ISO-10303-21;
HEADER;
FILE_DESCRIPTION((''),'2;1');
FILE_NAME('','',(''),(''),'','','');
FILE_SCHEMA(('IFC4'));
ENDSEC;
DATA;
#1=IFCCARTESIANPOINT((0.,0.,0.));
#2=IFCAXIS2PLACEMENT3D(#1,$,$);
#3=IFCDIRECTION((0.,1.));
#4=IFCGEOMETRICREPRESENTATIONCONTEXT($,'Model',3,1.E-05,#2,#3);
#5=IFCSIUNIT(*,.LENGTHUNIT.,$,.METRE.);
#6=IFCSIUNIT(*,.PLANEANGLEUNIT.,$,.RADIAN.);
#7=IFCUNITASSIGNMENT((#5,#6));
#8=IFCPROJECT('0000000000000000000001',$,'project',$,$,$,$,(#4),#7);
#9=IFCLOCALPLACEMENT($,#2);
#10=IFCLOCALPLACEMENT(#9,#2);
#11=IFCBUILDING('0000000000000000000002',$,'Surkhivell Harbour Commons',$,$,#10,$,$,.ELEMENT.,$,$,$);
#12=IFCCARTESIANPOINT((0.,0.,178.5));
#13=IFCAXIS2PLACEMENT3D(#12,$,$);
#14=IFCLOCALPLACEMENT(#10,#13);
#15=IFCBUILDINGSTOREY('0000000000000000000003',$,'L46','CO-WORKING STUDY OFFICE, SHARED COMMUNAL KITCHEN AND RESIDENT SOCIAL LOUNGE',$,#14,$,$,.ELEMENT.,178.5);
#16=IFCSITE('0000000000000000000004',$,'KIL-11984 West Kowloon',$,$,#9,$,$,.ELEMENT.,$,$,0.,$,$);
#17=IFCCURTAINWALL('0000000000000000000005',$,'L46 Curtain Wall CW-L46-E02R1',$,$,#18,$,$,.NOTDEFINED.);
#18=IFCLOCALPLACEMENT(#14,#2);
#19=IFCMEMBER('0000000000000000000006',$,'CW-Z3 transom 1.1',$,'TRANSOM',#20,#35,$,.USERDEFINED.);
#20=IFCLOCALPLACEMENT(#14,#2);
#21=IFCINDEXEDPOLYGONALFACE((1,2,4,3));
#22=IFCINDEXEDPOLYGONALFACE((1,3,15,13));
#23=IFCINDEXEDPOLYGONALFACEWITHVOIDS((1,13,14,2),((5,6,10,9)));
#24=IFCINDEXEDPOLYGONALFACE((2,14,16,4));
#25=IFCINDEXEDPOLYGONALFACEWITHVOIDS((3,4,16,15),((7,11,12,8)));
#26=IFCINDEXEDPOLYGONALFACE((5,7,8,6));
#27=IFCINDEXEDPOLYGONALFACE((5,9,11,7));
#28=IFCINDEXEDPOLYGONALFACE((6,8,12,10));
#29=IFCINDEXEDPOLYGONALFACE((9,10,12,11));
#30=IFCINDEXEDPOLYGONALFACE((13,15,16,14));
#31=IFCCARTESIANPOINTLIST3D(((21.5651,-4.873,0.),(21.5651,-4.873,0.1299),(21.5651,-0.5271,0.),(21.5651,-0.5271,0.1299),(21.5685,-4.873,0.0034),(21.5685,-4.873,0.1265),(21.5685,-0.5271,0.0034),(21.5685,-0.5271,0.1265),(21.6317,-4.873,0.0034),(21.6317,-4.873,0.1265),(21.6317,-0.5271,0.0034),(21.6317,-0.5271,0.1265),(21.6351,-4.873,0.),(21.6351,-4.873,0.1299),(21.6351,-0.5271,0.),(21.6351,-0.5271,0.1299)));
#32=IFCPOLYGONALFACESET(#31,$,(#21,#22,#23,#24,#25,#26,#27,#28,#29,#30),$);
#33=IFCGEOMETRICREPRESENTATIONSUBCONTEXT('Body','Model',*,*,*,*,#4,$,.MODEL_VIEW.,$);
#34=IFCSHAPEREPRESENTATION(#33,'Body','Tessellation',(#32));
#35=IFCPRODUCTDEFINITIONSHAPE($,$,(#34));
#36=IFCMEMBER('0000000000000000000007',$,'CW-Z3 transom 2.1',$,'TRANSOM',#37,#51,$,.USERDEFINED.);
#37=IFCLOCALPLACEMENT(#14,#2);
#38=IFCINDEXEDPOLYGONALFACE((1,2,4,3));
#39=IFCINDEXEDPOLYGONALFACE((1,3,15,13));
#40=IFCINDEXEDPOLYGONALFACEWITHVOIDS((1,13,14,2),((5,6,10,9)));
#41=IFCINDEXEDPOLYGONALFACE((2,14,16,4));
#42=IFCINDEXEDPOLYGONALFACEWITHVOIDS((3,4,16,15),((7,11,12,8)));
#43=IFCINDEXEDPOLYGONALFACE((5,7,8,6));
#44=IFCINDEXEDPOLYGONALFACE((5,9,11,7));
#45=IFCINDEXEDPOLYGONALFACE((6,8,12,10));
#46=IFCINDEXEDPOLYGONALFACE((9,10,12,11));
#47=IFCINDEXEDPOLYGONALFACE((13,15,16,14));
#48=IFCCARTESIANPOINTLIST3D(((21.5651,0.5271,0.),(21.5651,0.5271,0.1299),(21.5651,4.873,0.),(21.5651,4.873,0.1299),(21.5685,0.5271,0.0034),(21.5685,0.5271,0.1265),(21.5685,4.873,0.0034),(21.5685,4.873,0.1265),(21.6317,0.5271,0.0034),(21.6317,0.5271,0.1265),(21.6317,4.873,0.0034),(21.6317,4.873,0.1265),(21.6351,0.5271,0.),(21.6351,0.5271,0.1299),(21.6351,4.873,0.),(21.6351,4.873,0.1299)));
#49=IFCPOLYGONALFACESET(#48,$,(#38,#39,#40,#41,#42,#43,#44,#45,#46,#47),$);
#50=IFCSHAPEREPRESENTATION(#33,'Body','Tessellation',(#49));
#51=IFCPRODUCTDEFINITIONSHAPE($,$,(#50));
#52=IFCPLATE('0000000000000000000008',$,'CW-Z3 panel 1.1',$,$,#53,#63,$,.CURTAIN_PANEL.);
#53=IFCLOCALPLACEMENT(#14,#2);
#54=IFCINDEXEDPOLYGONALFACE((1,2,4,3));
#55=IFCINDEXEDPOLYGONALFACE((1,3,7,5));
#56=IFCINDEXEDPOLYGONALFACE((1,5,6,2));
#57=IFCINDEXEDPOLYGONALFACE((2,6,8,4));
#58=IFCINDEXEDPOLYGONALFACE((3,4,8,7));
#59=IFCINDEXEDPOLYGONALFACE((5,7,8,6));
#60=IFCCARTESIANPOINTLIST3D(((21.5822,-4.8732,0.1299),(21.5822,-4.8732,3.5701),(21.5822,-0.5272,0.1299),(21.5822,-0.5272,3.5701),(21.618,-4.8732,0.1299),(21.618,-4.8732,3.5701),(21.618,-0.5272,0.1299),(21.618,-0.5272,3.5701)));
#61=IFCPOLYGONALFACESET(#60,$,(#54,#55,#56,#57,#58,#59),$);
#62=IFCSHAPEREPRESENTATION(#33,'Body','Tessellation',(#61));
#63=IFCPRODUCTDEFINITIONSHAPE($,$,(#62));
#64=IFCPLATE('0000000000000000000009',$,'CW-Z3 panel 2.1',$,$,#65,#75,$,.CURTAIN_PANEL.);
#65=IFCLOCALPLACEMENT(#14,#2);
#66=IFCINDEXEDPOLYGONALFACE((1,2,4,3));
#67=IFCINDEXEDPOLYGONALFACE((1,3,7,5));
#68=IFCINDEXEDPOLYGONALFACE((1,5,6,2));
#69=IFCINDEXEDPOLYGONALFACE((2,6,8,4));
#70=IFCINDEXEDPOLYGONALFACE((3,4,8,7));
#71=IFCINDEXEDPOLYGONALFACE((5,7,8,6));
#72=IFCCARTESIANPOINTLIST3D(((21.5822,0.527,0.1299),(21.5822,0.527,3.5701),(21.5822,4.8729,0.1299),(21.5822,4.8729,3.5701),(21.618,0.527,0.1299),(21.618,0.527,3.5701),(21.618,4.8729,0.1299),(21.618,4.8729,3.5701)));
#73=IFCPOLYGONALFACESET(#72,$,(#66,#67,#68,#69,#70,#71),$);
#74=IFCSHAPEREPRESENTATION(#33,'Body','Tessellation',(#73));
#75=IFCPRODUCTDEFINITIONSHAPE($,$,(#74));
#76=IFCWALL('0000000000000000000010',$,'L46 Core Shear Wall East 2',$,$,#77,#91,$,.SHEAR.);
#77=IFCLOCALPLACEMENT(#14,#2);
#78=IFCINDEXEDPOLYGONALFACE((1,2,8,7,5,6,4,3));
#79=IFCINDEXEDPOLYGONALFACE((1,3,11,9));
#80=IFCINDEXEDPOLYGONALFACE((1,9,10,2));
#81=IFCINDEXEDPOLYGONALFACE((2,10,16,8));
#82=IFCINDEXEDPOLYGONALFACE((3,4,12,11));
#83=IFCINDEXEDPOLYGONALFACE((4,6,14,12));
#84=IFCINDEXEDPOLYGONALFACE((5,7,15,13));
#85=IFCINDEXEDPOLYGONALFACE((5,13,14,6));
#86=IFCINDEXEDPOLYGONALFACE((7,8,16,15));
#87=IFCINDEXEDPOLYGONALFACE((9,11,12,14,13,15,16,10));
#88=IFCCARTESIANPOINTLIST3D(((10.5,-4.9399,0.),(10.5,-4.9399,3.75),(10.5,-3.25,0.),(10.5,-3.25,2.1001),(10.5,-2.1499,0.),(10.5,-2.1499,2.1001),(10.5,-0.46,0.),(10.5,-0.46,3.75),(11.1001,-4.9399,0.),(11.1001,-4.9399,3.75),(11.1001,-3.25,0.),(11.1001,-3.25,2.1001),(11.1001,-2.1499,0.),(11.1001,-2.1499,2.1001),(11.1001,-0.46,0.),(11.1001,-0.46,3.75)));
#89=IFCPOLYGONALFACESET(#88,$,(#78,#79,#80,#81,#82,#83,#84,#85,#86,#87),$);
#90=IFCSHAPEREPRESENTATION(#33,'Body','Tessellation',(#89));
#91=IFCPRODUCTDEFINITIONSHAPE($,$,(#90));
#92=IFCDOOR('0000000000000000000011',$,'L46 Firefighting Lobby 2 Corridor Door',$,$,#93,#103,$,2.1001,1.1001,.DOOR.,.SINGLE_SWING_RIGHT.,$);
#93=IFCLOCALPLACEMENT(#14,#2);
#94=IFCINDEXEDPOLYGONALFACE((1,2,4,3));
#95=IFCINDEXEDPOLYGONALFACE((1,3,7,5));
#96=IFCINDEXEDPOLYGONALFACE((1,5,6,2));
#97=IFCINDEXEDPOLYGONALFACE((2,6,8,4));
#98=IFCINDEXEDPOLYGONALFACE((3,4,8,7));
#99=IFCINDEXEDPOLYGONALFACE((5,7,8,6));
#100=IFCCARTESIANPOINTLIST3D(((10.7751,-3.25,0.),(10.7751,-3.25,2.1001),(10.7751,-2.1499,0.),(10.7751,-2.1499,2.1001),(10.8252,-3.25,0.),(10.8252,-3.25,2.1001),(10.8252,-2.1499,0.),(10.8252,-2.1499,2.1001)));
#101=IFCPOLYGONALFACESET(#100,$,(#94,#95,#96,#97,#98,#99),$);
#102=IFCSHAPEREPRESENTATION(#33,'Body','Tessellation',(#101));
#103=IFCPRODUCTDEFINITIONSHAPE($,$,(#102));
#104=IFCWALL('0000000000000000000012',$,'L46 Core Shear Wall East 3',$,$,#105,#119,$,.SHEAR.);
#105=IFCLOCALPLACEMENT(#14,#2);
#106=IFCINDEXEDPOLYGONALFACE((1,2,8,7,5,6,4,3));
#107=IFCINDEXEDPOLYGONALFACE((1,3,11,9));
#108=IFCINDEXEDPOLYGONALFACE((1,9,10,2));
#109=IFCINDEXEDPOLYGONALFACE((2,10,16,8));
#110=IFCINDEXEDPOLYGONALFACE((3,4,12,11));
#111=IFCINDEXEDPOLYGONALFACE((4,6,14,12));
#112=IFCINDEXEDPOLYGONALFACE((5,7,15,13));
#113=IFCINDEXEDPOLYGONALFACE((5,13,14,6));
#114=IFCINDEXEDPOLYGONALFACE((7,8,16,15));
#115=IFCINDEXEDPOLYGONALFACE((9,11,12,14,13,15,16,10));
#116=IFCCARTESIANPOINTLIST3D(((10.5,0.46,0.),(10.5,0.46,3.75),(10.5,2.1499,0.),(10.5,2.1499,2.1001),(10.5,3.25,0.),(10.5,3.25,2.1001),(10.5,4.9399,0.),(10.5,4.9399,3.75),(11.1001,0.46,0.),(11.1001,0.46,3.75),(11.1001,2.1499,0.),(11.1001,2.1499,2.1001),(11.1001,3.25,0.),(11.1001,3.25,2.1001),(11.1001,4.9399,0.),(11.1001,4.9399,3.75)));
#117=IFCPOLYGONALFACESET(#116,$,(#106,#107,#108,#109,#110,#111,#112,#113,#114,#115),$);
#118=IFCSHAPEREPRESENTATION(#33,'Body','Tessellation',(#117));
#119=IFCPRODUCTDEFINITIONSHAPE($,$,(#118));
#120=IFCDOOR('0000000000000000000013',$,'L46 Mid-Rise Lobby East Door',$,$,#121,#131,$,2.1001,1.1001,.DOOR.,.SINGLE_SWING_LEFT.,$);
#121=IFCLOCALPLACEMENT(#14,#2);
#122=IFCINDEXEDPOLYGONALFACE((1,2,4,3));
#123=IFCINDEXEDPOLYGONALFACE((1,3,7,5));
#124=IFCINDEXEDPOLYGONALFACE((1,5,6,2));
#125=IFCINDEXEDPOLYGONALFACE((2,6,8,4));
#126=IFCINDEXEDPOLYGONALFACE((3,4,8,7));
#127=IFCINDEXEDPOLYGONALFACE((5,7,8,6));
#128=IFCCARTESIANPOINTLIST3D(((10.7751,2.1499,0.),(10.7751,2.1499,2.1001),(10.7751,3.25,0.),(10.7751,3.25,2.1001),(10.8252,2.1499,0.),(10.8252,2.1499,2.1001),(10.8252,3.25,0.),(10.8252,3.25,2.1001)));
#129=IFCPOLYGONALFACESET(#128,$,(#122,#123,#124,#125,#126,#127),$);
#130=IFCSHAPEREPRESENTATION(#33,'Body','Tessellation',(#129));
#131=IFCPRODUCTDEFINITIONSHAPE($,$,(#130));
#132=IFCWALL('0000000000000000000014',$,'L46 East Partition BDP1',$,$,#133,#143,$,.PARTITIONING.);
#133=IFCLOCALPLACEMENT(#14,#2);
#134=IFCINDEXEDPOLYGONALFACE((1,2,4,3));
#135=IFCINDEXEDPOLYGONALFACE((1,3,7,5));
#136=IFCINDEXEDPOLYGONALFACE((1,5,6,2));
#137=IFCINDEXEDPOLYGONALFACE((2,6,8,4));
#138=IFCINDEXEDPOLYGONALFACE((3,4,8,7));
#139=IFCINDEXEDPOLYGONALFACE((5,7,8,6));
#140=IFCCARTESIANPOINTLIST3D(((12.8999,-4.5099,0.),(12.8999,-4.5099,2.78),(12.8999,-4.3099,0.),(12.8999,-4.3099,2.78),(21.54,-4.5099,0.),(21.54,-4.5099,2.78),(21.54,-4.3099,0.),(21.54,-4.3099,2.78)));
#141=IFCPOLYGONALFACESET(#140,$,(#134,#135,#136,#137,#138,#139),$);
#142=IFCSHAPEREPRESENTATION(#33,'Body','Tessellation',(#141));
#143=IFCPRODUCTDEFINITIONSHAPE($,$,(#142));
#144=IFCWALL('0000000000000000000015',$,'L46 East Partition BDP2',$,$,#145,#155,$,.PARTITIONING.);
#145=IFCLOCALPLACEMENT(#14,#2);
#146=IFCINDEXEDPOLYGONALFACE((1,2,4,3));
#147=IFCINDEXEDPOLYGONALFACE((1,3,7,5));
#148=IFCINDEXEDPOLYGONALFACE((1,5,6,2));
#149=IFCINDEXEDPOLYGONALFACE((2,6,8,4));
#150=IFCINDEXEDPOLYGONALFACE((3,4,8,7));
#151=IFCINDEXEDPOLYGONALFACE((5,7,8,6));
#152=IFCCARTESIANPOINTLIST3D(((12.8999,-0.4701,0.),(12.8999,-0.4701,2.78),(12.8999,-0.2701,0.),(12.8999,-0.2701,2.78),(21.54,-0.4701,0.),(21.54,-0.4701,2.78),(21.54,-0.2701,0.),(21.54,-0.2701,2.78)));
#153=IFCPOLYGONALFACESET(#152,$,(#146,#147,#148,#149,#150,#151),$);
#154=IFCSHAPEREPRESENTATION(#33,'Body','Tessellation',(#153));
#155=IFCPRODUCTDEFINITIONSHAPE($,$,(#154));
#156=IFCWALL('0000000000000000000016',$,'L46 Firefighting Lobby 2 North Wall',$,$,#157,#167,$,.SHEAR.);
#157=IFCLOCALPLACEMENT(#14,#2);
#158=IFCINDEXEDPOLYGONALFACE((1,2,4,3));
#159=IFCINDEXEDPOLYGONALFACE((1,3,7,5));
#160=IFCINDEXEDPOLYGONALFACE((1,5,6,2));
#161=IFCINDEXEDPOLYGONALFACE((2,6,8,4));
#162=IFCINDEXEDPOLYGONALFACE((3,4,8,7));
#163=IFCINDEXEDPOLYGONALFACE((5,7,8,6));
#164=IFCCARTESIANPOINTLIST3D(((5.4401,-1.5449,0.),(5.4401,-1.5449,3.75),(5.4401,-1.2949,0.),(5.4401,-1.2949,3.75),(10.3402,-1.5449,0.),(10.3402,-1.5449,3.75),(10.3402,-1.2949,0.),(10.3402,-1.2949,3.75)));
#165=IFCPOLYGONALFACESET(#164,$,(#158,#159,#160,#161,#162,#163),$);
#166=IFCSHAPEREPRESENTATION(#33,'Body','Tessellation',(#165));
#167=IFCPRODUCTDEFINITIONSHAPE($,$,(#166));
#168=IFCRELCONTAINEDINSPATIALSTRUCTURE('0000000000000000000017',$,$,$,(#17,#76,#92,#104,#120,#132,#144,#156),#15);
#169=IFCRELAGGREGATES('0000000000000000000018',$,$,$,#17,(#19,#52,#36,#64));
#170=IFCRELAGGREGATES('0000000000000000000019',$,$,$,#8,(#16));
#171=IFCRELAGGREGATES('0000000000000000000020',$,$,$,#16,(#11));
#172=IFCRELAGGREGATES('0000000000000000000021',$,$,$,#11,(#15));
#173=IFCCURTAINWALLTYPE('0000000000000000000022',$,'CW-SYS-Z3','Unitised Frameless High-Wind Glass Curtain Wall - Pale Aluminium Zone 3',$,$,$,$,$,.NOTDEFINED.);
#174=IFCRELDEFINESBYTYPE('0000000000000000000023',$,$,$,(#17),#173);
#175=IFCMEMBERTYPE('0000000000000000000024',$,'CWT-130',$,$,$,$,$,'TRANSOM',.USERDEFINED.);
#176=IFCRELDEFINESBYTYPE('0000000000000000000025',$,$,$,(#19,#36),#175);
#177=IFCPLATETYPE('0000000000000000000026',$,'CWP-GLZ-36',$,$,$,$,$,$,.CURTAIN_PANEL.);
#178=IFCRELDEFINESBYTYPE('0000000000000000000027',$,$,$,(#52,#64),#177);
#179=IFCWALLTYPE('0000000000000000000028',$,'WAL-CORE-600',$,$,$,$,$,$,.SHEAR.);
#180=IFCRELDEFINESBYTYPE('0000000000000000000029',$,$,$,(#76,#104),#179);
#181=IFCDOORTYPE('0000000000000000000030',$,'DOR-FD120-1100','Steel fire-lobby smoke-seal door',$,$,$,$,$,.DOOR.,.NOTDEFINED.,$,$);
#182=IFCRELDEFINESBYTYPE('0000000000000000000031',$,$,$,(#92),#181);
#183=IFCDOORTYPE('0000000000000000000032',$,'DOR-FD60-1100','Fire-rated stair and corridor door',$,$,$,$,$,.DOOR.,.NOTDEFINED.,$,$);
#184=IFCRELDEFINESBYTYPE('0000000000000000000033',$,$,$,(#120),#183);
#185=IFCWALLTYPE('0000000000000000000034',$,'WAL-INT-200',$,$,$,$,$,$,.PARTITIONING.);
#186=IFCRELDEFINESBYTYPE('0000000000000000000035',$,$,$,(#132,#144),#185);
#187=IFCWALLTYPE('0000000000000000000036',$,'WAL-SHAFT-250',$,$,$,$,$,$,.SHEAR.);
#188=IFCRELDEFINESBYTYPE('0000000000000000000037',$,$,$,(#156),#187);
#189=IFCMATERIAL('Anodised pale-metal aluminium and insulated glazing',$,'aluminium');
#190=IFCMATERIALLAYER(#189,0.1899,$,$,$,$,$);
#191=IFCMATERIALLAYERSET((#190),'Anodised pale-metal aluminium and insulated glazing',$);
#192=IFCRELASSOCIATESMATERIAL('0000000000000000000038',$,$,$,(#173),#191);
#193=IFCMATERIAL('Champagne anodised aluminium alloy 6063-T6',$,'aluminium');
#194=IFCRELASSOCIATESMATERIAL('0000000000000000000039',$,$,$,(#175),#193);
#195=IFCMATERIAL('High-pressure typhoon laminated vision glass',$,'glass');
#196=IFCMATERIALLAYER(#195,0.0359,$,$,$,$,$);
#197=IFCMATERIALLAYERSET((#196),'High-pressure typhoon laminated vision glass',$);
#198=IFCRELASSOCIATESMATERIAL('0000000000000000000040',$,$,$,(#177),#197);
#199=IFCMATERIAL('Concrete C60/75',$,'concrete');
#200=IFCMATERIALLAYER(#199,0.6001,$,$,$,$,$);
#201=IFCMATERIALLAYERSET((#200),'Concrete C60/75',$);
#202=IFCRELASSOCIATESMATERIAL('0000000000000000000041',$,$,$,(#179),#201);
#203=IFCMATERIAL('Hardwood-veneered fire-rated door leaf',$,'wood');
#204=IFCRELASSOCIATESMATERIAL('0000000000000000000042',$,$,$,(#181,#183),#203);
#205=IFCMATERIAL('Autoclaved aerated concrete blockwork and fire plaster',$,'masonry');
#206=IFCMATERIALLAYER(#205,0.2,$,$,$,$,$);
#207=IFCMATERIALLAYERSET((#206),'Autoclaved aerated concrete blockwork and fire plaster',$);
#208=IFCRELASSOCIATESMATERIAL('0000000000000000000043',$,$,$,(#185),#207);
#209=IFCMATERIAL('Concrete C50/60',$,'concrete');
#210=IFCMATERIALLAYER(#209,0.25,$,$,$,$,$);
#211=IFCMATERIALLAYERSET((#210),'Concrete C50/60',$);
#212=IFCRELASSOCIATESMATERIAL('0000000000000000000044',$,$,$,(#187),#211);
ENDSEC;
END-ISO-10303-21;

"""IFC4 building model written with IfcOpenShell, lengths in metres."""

from ifc_helpers import new_model, si_unit, direction, frame, frame_2d, origin, origin_2d, place, context, subcontext, project, spatial, rectangle, hollow_rectangle, extrude, material, layer, layer_set, material_profile, profile_set, type_object, element, fill, aggregate, save


model = new_model("IFC4")

# Units and contexts
model_context = context("Model", 3, precision=1e-05, world=origin(), true_north=direction((0.0, 1.0)))
body_context = subcontext(model_context, "Body", "Model", "MODEL_VIEW")
ifc_project = project(units=[si_unit("LENGTHUNIT", "METRE"), si_unit("PLANEANGLEUNIT", "RADIAN")], contexts=[model_context])

# Site, building, storey
site_placement = place(None, origin())
site = spatial("IfcSite", under=ifc_project, at=site_placement, Name="KIL-11984 West Kowloon", CompositionType="ELEMENT", RefElevation=0.0)
building_placement = place(site_placement, origin())
building = spatial("IfcBuilding", under=site, at=building_placement, Name="Surkhivell Harbour Commons", CompositionType="ELEMENT")
storey_placement = place(building_placement, frame((0.0, 0.0, 178.5)))
storey = spatial("IfcBuildingStorey", under=building, at=storey_placement, Name="L46", Description="CO-WORKING STUDY OFFICE, SHARED COMMUNAL KITCHEN AND RESIDENT SOCIAL LOUNGE", CompositionType="ELEMENT", Elevation=178.5)

# Shared definitions
ifc_material_1 = material(Name="Concrete C60/75", Category="concrete")

# Shared definitions
ifc_material_2 = material(Name="Anodised pale-metal aluminium and insulated glazing", Category="aluminium")
ifc_layer_1 = layer(ifc_material_2, 0.1899)
ifc_layer_set_1 = layer_set([ifc_layer_1], Name="Anodised pale-metal aluminium and insulated glazing")
curtain_wall_type = type_object("IfcCurtainWallType", Name="CW-SYS-Z3", Description="Unitised Frameless High-Wind Glass Curtain Wall - Pale Aluminium Zone 3", PredefinedType="NOTDEFINED", material=ifc_layer_set_1)

# Curtain wall, members, plates
curtain_wall_1_placement = place(storey_placement, origin())
curtain_wall_1 = element("IfcCurtainWall", 1, at=curtain_wall_1_placement, inside=storey, type_object=curtain_wall_type, Name="L46 Curtain Wall CW-L46-E02R1", PredefinedType="NOTDEFINED")
ifc_material_3 = material(Name="Champagne anodised aluminium alloy 6063-T6", Category="aluminium")
ifc_material_profile_1 = material_profile(ifc_material_3, hollow_rectangle(XDim=0.0701, YDim=0.1299, WallThickness=0.0034, at=origin_2d()), Name="ALU-TRAN-70x130")
ifc_profile_set_1 = profile_set([ifc_material_profile_1], Name="Champagne anodised aluminium alloy 6063-T6")
member_type_1 = type_object("IfcMemberType", Name="CWT-130", ElementType="TRANSOM", PredefinedType="USERDEFINED", material=ifc_profile_set_1)
member_1_placement = place(storey_placement, frame((21.6001, -4.873, 0.0649), z_axis=(0.0, 1.0, 0.0), x_axis=(-1.0, 0.0, 0.0)))
member_1 = element("IfcMember", 2, at=member_1_placement, type_object=member_type_1, Name="CW-Z3 transom 1.1", ObjectType="TRANSOM", PredefinedType="USERDEFINED", context=body_context, shape_type="SweptSolid", body=[
    extrude(hollow_rectangle(XDim=0.0701, YDim=0.1299, WallThickness=0.0034, at=origin_2d()), origin(), (0.0, 0.0, 1.0), 4.3459),
])
member_2_placement = place(storey_placement, frame((21.6001, 0.5271, 0.0649), z_axis=(0.0, 1.0, 0.0), x_axis=(-1.0, 0.0, 0.0)))
member_2 = element("IfcMember", 3, at=member_2_placement, type_object=member_type_1, Name="CW-Z3 transom 2.1", ObjectType="TRANSOM", PredefinedType="USERDEFINED", context=body_context, shape_type="SweptSolid", body=[
    extrude(hollow_rectangle(XDim=0.0701, YDim=0.1299, WallThickness=0.0034, at=origin_2d()), origin(), (0.0, 0.0, 1.0), 4.3459),
])
ifc_material_4 = material(Name="High-pressure typhoon laminated vision glass", Category="glass")
ifc_layer_2 = layer(ifc_material_4, 0.0359)
ifc_layer_set_2 = layer_set([ifc_layer_2], Name="High-pressure typhoon laminated vision glass")
plate_type = type_object("IfcPlateType", Name="CWP-GLZ-36", PredefinedType="CURTAIN_PANEL", material=ifc_layer_set_2)
plate_1_placement = place(storey_placement, frame((21.6001, -4.873, 0.1299), z_axis=(0.0, 0.0, 1.0), x_axis=(0.0, 1.0, 0.0)))
plate_1 = element("IfcPlate", 4, at=plate_1_placement, type_object=plate_type, Name="CW-Z3 panel 1.1", PredefinedType="CURTAIN_PANEL", context=body_context, shape_type="SweptSolid", body=[
    extrude(rectangle(XDim=4.3459, YDim=0.0359, at=frame_2d((2.1729, 0.0))), origin(), (0.0, 0.0, 1.0), 3.4402),
])
plate_2_placement = place(storey_placement, frame((21.6001, 0.5271, 0.1299), z_axis=(0.0, 0.0, 1.0), x_axis=(0.0, 1.0, 0.0)))
plate_2 = element("IfcPlate", 5, at=plate_2_placement, type_object=plate_type, Name="CW-Z3 panel 2.1", PredefinedType="CURTAIN_PANEL", context=body_context, shape_type="SweptSolid", body=[
    extrude(rectangle(XDim=4.3459, YDim=0.0359, at=frame_2d((2.1729, 0.0))), origin(), (0.0, 0.0, 1.0), 3.4402),
])
aggregate(curtain_wall_1, [member_1, plate_1, member_2, plate_2])

# Walls, openings, doors
ifc_layer_3 = layer(ifc_material_1, 0.6001)
ifc_layer_set_3 = layer_set([ifc_layer_3], Name="Concrete C60/75")
wall_type_1 = type_object("IfcWallType", Name="WAL-CORE-600", PredefinedType="SHEAR", material=ifc_layer_set_3)
wall_1_placement = place(storey_placement, frame((10.8, -4.9399, 0.0), z_axis=(0.0, 0.0, 1.0), x_axis=(0.0, 1.0, 0.0)))
wall_1 = element("IfcWall", 6, at=wall_1_placement, inside=storey, type_object=wall_type_1, Name="L46 Core Shear Wall East 2", PredefinedType="SHEAR", context=body_context, shape_type="SweptSolid", body=[
    extrude(rectangle(XDim=4.48, YDim=0.6001, at=frame_2d((2.24, 0.0))), origin(), (0.0, 0.0, 1.0), 3.75),
])
opening_1_placement = place(wall_1_placement, frame((1.6899, 0.0, 0.0)))
opening_1 = element("IfcOpeningElement", 7, at=opening_1_placement, cuts=wall_1, PredefinedType="OPENING", context=body_context, shape_type="SweptSolid", body=[
    extrude(rectangle(XDim=1.1001, YDim=2.1001, at=frame_2d((0.55, 1.05))), frame((0.0, 0.3101, 0.0), z_axis=(0.0, -1.0, 0.0), x_axis=(1.0, 0.0, 0.0)), (0.0, 0.0, 1.0), 0.6201),
])
ifc_material_5 = material(Name="Hardwood-veneered fire-rated door leaf", Category="wood")
door_type_1 = type_object("IfcDoorType", Name="DOR-FD120-1100", Description="Steel fire-lobby smoke-seal door", OperationType="NOTDEFINED", PredefinedType="DOOR", material=ifc_material_5)
door_1_placement = place(opening_1_placement, origin())
door_1 = element("IfcDoor", 8, at=door_1_placement, inside=storey, type_object=door_type_1, Name="L46 Firefighting Lobby 2 Corridor Door", OperationType="SINGLE_SWING_RIGHT", OverallHeight=2.1001, OverallWidth=1.1001, PredefinedType="DOOR", context=body_context, shape_type="SweptSolid", body=[
    extrude(rectangle(XDim=1.1001, YDim=2.1001, at=frame_2d((0.55, 1.05))), frame((0.0, 0.0249, 0.0), z_axis=(0.0, -1.0, 0.0), x_axis=(1.0, 0.0, 0.0)), (0.0, 0.0, 1.0), 0.05),
])
fill(opening_1, door_1)
wall_2_placement = place(storey_placement, frame((10.8, 0.46, 0.0), z_axis=(0.0, 0.0, 1.0), x_axis=(0.0, 1.0, 0.0)))
wall_2 = element("IfcWall", 9, at=wall_2_placement, inside=storey, type_object=wall_type_1, Name="L46 Core Shear Wall East 3", PredefinedType="SHEAR", context=body_context, shape_type="SweptSolid", body=[
    extrude(rectangle(XDim=4.48, YDim=0.6001, at=frame_2d((2.24, 0.0))), origin(), (0.0, 0.0, 1.0), 3.75),
])
opening_2_placement = place(wall_2_placement, frame((1.6899, 0.0, 0.0)))
opening_2 = element("IfcOpeningElement", 10, at=opening_2_placement, cuts=wall_2, PredefinedType="OPENING", context=body_context, shape_type="SweptSolid", body=[
    extrude(rectangle(XDim=1.1001, YDim=2.1001, at=frame_2d((0.55, 1.05))), frame((0.0, 0.3101, 0.0), z_axis=(0.0, -1.0, 0.0), x_axis=(1.0, 0.0, 0.0)), (0.0, 0.0, 1.0), 0.6201),
])
door_type_2 = type_object("IfcDoorType", Name="DOR-FD60-1100", Description="Fire-rated stair and corridor door", OperationType="NOTDEFINED", PredefinedType="DOOR", material=ifc_material_5)
door_2_placement = place(opening_2_placement, origin())
door_2 = element("IfcDoor", 11, at=door_2_placement, inside=storey, type_object=door_type_2, Name="L46 Mid-Rise Lobby East Door", OperationType="SINGLE_SWING_LEFT", OverallHeight=2.1001, OverallWidth=1.1001, PredefinedType="DOOR", context=body_context, shape_type="SweptSolid", body=[
    extrude(rectangle(XDim=1.1001, YDim=2.1001, at=frame_2d((0.55, 1.05))), frame((0.0, 0.0249, 0.0), z_axis=(0.0, -1.0, 0.0), x_axis=(1.0, 0.0, 0.0)), (0.0, 0.0, 1.0), 0.05),
])
fill(opening_2, door_2)

# Walls
ifc_material_6 = material(Name="Autoclaved aerated concrete blockwork and fire plaster", Category="masonry")
ifc_layer_4 = layer(ifc_material_6, 0.2)
ifc_layer_set_4 = layer_set([ifc_layer_4], Name="Autoclaved aerated concrete blockwork and fire plaster")
wall_type_2 = type_object("IfcWallType", Name="WAL-INT-200", PredefinedType="PARTITIONING", material=ifc_layer_set_4)
for number, where, z_axis, x_axis, name in (
    (12, (12.8999, -4.4099, 0.0), (0.0, 0.0, 1.0), (1.0, 0.0, 0.0), "L46 East Partition BDP1"),
    (13, (12.8999, -0.3701, 0.0), (0.0, 0.0, 1.0), (1.0, 0.0, 0.0), "L46 East Partition BDP2"),
):
    element("IfcWall", number, at=place(storey_placement, frame(where, z_axis=z_axis, x_axis=x_axis)), inside=storey, type_object=wall_type_2, Name=name, PredefinedType="PARTITIONING", context=body_context, shape_type="SweptSolid", body=[
        extrude(rectangle(XDim=8.6401, YDim=0.2, at=frame_2d((4.3201, 0.0))), origin(), (0.0, 0.0, 1.0), 2.78),
    ])
ifc_material_7 = material(Name="Concrete C50/60", Category="concrete")
ifc_layer_5 = layer(ifc_material_7, 0.25)
ifc_layer_set_5 = layer_set([ifc_layer_5], Name="Concrete C50/60")
wall_type_3 = type_object("IfcWallType", Name="WAL-SHAFT-250", PredefinedType="SHEAR", material=ifc_layer_set_5)
wall_3_placement = place(storey_placement, frame((5.4399, -1.4199, 0.0), z_axis=(0.0, 0.0, 1.0), x_axis=(1.0, 0.0, 0.0)))
element("IfcWall", 14, at=wall_3_placement, inside=storey, type_object=wall_type_3, Name="L46 Firefighting Lobby 2 North Wall", PredefinedType="SHEAR", context=body_context, shape_type="SweptSolid", body=[
    extrude(rectangle(XDim=4.9001, YDim=0.25, at=frame_2d((2.4502, 0.0))), origin(), (0.0, 0.0, 1.0), 3.75),
])

save(model, "model.ifc")
